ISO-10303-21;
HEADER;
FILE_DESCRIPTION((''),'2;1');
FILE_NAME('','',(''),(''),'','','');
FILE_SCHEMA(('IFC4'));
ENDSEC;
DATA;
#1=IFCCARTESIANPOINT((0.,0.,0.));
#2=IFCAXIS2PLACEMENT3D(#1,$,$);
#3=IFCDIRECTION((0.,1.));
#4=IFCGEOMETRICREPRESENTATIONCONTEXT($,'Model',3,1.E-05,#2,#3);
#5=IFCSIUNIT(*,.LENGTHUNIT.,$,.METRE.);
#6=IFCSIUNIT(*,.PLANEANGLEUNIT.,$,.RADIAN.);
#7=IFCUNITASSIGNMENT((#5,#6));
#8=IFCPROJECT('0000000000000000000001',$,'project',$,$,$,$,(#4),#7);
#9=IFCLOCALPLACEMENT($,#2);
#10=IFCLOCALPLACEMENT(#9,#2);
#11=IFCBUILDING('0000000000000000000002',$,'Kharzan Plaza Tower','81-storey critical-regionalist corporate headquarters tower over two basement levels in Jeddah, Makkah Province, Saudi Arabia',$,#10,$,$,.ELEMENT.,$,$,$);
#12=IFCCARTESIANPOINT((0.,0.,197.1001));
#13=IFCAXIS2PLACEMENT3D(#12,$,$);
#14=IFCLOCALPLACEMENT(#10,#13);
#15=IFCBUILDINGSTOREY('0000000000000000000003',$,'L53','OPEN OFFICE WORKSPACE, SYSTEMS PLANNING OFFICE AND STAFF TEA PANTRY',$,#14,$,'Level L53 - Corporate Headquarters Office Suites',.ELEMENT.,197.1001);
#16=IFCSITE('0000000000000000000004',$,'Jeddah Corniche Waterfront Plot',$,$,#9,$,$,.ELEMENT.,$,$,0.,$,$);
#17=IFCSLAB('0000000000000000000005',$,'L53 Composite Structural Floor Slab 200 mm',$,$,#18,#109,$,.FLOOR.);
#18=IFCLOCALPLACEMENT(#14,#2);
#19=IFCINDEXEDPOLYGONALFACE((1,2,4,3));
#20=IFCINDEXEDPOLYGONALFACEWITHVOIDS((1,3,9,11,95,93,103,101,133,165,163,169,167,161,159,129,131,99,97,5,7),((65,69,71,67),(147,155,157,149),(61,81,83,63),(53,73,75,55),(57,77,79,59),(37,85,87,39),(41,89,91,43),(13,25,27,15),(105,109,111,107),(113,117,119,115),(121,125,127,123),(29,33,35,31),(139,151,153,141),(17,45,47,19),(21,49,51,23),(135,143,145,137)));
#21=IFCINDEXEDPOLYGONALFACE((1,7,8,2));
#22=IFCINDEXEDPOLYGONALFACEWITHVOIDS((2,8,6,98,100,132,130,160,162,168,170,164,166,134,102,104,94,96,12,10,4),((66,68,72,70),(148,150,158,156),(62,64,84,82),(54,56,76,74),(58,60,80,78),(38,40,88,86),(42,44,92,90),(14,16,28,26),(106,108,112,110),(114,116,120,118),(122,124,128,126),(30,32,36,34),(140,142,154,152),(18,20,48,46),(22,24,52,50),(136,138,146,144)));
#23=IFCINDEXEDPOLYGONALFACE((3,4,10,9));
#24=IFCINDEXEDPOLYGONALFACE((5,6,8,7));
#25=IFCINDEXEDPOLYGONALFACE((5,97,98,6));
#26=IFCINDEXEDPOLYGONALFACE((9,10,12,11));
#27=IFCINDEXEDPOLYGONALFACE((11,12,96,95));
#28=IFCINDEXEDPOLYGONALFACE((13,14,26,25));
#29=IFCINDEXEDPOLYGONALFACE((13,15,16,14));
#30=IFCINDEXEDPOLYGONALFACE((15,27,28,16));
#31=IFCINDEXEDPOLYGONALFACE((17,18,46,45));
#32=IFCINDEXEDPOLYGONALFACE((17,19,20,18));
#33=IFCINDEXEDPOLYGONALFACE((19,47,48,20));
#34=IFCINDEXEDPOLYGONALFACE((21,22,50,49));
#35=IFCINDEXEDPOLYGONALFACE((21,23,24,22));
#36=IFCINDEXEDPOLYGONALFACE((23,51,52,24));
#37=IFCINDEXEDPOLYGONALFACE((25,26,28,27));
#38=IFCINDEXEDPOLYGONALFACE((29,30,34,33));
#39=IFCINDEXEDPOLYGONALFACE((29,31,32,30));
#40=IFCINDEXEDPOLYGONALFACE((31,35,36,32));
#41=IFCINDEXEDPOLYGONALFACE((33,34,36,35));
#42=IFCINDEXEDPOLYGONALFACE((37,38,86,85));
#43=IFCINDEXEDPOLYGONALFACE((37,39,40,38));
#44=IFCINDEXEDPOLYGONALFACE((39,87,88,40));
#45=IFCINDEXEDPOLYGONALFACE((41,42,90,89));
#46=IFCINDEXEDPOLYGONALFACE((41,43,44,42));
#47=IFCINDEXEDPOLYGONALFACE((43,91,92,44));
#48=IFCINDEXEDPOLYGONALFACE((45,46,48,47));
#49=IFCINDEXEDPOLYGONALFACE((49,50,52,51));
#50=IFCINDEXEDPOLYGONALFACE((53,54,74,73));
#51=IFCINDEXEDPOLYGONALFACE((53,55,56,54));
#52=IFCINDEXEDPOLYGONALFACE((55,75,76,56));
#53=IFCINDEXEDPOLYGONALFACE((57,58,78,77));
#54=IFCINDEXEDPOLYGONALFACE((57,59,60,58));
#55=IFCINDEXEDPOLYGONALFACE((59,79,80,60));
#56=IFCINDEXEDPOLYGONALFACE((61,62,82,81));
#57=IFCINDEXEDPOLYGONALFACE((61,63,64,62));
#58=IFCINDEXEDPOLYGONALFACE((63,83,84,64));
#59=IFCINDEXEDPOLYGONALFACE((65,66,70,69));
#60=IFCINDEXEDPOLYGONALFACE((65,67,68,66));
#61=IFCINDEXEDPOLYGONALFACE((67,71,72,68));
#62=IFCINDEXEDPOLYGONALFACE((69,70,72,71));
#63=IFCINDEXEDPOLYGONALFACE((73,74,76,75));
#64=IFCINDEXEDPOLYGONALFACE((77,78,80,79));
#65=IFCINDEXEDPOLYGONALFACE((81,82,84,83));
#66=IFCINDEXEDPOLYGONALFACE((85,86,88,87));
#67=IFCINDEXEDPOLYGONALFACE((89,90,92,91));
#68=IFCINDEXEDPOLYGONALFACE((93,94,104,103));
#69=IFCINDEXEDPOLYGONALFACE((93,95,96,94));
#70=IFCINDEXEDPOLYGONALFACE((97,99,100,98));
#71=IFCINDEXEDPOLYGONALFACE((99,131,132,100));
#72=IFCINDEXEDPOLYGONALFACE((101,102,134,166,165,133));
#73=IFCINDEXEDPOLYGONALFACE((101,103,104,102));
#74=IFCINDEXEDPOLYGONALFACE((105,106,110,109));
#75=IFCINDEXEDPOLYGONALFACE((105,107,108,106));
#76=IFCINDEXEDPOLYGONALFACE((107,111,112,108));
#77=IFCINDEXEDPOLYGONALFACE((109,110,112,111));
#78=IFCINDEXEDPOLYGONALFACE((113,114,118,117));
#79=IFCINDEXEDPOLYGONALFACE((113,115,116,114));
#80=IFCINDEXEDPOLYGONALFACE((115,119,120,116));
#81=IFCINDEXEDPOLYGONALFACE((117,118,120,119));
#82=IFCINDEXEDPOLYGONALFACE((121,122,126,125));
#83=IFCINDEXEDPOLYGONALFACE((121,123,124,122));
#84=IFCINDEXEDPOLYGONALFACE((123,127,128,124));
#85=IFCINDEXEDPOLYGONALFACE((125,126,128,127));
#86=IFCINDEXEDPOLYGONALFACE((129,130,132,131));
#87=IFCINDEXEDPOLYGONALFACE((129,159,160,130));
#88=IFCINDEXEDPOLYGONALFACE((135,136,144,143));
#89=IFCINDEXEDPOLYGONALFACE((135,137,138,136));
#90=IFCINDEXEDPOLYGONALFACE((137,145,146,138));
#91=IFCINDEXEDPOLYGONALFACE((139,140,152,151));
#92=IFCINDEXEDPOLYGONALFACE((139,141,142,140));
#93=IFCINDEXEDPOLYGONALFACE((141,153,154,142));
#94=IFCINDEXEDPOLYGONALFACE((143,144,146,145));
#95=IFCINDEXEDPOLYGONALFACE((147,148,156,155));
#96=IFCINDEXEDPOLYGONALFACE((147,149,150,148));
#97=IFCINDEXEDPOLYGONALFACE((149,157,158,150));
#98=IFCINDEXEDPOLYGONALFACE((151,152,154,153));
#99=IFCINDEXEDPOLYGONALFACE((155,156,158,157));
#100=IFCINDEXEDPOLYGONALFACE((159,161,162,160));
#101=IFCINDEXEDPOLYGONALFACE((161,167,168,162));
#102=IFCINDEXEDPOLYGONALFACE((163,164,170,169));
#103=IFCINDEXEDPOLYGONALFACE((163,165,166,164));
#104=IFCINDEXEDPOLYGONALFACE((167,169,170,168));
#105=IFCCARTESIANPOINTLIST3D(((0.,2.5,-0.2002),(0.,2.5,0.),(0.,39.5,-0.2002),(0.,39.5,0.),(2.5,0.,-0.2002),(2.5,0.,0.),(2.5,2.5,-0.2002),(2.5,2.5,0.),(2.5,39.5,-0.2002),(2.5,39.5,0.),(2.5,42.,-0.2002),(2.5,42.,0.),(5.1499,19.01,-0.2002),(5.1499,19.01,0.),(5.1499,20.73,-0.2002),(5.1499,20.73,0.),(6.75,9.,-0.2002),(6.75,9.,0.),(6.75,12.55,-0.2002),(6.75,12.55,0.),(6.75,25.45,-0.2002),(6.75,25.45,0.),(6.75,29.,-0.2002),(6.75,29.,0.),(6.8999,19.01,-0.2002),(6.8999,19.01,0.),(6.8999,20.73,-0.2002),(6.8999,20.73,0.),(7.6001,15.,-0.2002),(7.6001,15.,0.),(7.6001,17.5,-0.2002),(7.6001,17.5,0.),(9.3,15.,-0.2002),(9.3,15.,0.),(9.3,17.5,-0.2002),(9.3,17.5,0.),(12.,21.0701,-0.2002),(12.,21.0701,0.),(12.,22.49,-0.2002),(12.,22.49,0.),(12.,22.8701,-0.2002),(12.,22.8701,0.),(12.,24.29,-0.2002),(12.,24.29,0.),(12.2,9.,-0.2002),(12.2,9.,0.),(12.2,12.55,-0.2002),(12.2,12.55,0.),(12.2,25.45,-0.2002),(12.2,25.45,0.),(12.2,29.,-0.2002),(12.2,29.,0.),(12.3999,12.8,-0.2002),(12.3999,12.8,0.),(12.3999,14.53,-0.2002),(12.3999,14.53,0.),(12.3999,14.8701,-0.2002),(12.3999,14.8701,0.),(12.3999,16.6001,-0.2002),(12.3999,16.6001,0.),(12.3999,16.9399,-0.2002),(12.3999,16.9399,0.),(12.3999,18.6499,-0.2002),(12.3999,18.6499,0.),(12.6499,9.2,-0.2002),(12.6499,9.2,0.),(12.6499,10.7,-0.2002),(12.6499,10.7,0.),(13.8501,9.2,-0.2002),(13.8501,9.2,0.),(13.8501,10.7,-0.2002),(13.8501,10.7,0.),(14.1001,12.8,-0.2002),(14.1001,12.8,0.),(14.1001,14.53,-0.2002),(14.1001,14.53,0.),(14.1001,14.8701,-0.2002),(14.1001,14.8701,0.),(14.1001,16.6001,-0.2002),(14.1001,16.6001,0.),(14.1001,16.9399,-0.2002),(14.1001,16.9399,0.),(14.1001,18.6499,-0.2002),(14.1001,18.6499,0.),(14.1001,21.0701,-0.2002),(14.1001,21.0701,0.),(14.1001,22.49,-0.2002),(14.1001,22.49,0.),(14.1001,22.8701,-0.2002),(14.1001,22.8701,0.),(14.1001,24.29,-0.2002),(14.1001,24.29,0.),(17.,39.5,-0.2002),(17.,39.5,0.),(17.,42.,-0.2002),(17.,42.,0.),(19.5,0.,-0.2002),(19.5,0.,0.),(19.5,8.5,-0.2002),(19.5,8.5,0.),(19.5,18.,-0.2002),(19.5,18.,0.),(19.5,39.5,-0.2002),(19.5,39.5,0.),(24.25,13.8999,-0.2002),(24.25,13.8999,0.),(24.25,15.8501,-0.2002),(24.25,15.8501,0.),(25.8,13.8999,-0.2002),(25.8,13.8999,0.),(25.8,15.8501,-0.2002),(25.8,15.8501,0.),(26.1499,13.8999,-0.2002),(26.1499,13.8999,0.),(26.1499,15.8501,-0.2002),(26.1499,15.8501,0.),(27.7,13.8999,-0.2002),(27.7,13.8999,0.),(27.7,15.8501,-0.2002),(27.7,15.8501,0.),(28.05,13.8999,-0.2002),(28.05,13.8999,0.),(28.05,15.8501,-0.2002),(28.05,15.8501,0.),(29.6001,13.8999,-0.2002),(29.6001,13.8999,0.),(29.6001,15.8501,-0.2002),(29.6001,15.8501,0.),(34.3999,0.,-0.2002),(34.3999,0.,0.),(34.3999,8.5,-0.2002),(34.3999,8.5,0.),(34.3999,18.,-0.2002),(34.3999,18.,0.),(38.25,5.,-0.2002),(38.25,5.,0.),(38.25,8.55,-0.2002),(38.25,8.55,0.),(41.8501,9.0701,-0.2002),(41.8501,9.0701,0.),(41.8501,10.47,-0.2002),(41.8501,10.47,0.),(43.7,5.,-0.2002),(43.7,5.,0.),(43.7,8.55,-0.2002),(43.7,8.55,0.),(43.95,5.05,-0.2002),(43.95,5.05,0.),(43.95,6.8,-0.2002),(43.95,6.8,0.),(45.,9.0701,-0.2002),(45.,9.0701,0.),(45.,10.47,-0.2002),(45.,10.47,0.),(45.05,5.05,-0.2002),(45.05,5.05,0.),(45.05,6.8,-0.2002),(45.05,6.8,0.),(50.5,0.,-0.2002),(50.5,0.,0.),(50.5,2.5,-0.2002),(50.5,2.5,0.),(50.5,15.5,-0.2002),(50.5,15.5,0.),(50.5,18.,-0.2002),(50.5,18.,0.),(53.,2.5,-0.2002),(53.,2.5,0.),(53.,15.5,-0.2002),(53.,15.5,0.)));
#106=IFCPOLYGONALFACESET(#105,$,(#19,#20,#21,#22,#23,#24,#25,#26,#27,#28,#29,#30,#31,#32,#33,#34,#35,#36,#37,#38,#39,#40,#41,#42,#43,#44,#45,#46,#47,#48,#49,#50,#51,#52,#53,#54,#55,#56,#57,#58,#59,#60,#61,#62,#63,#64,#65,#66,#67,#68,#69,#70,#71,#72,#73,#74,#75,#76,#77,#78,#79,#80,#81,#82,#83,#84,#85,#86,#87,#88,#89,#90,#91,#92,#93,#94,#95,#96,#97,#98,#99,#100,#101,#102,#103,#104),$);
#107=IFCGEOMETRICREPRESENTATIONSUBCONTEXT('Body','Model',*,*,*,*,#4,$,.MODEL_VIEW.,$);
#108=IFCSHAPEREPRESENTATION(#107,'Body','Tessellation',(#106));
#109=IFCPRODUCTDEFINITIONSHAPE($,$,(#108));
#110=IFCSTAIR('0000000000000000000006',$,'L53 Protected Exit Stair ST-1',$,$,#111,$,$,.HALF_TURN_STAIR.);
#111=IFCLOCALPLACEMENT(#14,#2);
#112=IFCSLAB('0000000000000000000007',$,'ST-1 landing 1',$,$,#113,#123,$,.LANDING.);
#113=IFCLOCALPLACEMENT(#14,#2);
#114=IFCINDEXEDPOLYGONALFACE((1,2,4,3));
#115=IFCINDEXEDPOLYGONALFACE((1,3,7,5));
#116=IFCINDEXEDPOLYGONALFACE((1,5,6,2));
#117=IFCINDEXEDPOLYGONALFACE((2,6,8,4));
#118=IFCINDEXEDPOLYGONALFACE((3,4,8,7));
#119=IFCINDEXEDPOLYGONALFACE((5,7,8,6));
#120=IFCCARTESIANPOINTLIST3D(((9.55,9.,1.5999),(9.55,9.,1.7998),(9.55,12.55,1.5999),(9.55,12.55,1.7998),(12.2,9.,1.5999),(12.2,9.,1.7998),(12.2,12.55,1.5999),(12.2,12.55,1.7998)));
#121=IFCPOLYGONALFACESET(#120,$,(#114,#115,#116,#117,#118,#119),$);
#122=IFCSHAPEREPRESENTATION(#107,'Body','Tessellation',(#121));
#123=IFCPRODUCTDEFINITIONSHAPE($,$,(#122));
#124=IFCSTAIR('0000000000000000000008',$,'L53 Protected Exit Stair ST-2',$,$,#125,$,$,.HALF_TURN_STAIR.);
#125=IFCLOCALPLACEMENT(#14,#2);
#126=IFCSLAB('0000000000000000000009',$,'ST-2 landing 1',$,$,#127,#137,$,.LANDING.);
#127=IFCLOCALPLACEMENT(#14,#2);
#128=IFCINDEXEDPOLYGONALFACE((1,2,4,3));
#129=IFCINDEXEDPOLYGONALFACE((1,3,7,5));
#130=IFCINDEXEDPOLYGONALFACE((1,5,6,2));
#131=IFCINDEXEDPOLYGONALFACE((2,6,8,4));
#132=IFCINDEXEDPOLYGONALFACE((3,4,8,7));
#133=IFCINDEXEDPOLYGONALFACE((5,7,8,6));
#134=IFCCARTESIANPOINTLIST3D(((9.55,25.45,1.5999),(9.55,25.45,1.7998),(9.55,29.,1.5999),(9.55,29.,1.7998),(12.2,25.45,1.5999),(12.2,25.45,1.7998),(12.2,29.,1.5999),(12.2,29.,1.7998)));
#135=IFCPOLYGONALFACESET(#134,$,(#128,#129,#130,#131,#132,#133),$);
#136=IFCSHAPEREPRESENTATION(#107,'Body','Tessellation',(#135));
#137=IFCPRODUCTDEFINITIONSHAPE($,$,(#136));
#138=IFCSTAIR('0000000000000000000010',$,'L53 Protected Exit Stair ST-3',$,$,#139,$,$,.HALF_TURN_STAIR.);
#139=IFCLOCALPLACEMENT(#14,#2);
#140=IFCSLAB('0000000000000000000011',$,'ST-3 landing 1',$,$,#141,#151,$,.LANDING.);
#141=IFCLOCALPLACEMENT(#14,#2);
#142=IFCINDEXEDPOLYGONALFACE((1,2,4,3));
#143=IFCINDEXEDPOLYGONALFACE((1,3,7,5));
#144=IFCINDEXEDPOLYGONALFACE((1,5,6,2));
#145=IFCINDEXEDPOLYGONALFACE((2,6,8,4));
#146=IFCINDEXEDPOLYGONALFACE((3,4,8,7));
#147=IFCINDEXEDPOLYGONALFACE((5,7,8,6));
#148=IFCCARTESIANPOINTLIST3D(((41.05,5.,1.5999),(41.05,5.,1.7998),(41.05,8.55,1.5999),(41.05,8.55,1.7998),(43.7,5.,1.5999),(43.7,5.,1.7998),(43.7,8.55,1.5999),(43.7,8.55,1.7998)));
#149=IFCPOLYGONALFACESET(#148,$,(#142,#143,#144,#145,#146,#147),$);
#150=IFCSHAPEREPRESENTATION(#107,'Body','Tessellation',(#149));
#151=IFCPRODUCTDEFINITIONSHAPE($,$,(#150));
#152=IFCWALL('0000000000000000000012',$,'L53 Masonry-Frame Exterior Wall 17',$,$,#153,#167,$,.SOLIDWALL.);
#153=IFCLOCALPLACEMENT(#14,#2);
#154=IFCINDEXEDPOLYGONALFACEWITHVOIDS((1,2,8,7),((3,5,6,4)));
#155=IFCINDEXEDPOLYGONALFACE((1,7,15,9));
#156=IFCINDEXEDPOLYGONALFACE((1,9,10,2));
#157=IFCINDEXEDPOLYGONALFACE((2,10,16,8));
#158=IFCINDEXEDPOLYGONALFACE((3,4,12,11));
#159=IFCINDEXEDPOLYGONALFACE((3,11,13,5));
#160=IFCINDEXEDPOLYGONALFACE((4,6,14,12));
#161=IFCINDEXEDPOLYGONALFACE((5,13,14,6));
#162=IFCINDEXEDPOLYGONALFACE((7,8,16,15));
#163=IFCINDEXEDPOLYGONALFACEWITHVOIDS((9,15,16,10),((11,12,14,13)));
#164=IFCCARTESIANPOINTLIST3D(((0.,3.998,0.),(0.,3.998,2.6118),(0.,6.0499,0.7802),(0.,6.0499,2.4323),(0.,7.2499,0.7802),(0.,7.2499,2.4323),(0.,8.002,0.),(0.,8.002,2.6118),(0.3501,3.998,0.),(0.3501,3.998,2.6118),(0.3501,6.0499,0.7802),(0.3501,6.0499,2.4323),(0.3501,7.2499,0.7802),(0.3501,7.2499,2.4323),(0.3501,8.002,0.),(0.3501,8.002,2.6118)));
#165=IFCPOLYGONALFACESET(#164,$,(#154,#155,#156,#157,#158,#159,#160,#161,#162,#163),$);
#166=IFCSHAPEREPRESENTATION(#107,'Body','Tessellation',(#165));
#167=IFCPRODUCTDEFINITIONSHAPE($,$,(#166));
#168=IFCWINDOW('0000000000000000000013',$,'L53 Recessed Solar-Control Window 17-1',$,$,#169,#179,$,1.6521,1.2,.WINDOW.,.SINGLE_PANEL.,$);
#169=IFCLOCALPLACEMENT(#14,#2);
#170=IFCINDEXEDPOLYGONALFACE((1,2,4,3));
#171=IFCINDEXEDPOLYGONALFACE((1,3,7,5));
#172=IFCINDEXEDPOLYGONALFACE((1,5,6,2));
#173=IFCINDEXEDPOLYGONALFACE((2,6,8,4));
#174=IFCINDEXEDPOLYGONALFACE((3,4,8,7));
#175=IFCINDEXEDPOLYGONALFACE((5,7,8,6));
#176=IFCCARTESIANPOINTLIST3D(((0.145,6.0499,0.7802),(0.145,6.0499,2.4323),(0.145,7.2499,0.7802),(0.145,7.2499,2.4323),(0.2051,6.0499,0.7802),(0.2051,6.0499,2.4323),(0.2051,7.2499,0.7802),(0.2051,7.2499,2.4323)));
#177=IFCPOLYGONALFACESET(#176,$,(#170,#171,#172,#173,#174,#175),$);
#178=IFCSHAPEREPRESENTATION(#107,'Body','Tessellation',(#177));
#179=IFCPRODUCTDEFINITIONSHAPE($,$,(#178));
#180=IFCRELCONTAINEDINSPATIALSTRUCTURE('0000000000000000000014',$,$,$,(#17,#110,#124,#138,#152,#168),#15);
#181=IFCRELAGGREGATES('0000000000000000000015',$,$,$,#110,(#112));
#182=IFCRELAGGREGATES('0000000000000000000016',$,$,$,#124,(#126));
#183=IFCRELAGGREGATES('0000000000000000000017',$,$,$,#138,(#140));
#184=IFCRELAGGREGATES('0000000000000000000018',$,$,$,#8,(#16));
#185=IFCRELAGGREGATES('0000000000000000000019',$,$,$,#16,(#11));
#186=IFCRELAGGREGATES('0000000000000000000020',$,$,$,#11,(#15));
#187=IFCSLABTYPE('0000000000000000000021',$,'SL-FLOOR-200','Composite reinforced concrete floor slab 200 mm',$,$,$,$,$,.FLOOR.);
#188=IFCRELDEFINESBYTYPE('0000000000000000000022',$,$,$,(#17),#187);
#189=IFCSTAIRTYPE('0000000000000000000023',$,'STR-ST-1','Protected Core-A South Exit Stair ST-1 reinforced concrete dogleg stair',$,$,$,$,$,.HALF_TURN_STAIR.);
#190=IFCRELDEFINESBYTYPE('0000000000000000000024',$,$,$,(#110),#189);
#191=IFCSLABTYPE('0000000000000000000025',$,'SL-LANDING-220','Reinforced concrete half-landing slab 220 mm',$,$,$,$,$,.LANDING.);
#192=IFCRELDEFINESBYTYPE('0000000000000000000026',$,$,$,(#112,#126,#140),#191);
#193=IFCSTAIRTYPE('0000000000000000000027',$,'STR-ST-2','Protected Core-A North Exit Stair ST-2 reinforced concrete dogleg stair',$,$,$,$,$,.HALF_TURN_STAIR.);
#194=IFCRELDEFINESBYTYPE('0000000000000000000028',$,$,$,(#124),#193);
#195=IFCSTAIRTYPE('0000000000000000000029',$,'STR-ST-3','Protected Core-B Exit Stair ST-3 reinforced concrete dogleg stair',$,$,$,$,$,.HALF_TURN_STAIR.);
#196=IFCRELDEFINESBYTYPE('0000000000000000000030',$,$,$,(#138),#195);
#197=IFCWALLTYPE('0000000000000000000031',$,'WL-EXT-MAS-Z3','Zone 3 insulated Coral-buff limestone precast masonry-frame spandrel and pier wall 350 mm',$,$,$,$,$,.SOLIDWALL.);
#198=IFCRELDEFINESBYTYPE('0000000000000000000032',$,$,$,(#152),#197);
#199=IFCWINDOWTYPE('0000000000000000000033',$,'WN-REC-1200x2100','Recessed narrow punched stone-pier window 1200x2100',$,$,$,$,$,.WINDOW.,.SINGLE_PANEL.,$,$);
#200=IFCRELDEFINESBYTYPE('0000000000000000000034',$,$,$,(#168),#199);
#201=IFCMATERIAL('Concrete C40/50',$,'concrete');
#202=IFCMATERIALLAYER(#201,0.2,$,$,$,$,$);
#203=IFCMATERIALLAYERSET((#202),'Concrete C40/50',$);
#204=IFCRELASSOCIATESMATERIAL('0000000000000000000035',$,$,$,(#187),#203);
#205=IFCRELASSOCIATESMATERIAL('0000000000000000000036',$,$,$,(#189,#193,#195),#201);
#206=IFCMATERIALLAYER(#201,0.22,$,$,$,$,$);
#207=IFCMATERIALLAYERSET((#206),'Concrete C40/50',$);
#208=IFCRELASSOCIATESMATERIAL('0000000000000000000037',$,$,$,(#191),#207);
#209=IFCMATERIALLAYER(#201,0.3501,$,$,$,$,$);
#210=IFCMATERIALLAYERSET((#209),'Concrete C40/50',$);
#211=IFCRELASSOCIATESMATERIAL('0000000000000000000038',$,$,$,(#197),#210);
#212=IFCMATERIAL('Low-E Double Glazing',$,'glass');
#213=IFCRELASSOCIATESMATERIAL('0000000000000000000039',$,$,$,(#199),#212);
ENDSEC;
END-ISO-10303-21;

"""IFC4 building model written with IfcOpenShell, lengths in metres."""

from ifc_helpers import new_model, si_unit, direction, frame, frame_2d, origin, place, context, subcontext, project, spatial, polyline, rectangle, outline, extrude, source, transform, mapped, material, layer, layer_set, type_object, element, fill, aggregate, save


model = new_model("IFC4")

# Units and contexts
model_context = context("Model", 3, precision=1e-05, world=origin(), true_north=direction((0.0, 1.0)))
body_context = subcontext(model_context, "Body", "Model", "MODEL_VIEW")
ifc_project = project(units=[si_unit("LENGTHUNIT", "METRE"), si_unit("PLANEANGLEUNIT", "RADIAN")], contexts=[model_context])

# Site, building, storey
site_placement = place(None, origin())
site = spatial("IfcSite", under=ifc_project, at=site_placement, Name="Jeddah Corniche Waterfront Plot", CompositionType="ELEMENT", RefElevation=0.0)
building_placement = place(site_placement, origin())
building = spatial("IfcBuilding", under=site, at=building_placement, Name="Kharzan Plaza Tower", Description="81-storey critical-regionalist corporate headquarters tower over two basement levels in Jeddah, Makkah Province, Saudi Arabia", CompositionType="ELEMENT")
storey_placement = place(building_placement, frame((0.0, 0.0, 197.1001)))
storey = spatial("IfcBuildingStorey", under=building, at=storey_placement, Name="L53", Description="OPEN OFFICE WORKSPACE, SYSTEMS PLANNING OFFICE AND STAFF TEA PANTRY", LongName="Level L53 - Corporate Headquarters Office Suites", CompositionType="ELEMENT", Elevation=197.1001)

# Slab
ifc_material_1 = material(Name="Concrete C40/50", Category="concrete")
ifc_layer_1 = layer(ifc_material_1, 0.2)
ifc_layer_set_1 = layer_set([ifc_layer_1], Name="Concrete C40/50")
slab_type_1 = type_object("IfcSlabType", Name="SL-FLOOR-200", Description="Composite reinforced concrete floor slab 200 mm", PredefinedType="FLOOR", material=ifc_layer_set_1)
slab_1_placement = place(storey_placement, frame((0.0, 0.0, -0.2002)))
element("IfcSlab", 1, at=slab_1_placement, inside=storey, type_object=slab_type_1, Name="L53 Composite Structural Floor Slab 200 mm", PredefinedType="FLOOR", context=body_context, shape_type="SweptSolid", body=[
    extrude(outline(polyline([(34.3999, 18.0), (19.5, 18.0), (19.5, 39.5), (17.0, 39.5), (17.0, 42.0), (2.5, 42.0), (2.5, 39.5), (0.0, 39.5), (0.0, 2.5), (2.5, 2.5), (2.5, 0.0), (19.5, 0.0), (19.5, 8.5), (34.3999, 8.5), (34.3999, 0.0), (50.5, 0.0), (50.5, 2.5), (53.0, 2.5), (53.0, 15.5), (50.5, 15.5), (50.5, 18.0), (34.3999, 18.0)]), holes=[polyline([(12.2, 9.0), (12.2, 12.55), (6.75, 12.55), (6.75, 9.0), (12.2, 9.0)]), polyline([(14.1001, 12.8), (14.1001, 14.53), (12.3999, 14.53), (12.3999, 12.8), (14.1001, 12.8)]), polyline([(14.1001, 14.8701), (14.1001, 16.6001), (12.3999, 16.6001), (12.3999, 14.8701), (14.1001, 14.8701)]), polyline([(9.3, 15.0), (9.3, 17.5), (7.6001, 17.5), (7.6001, 15.0), (9.3, 15.0)]), polyline([(6.8999, 19.01), (6.8999, 20.73), (5.1499, 20.73), (5.1499, 19.01), (6.8999, 19.01)]), polyline([(14.1001, 21.0701), (14.1001, 22.49), (12.0, 22.49), (12.0, 21.0701), (14.1001, 21.0701)]), polyline([(14.1001, 22.8701), (14.1001, 24.29), (12.0, 24.29), (12.0, 22.8701), (14.1001, 22.8701)]), polyline([(12.2, 25.45), (12.2, 29.0), (6.75, 29.0), (6.75, 25.45), (12.2, 25.45)]), polyline([(45.05, 5.05), (45.05, 6.8), (43.95, 6.8), (43.95, 5.05), (45.05, 5.05)]), polyline([(43.7, 5.0), (43.7, 8.55), (38.25, 8.55), (38.25, 5.0), (43.7, 5.0)]), polyline([(45.0, 9.0701), (45.0, 10.47), (41.8501, 10.47), (41.8501, 9.0701), (45.0, 9.0701)]), polyline([(13.8501, 9.2), (13.8501, 10.7), (12.6499, 10.7), (12.6499, 9.2), (13.8501, 9.2)]), polyline([(25.8, 13.8999), (25.8, 15.8501), (24.25, 15.8501), (24.25, 13.8999), (25.8, 13.8999)]), polyline([(27.7, 13.8999), (27.7, 15.8501), (26.1499, 15.8501), (26.1499, 13.8999), (27.7, 13.8999)]), polyline([(29.6001, 13.8999), (29.6001, 15.8501), (28.05, 15.8501), (28.05, 13.8999), (29.6001, 13.8999)]), polyline([(14.1001, 16.9399), (14.1001, 18.6499), (12.3999, 18.6499), (12.3999, 16.9399), (14.1001, 16.9399)])]), origin(), (0.0, 0.0, 1.0), 0.2002),
])

# Stairs, slabs
stair_type_1 = type_object("IfcStairType", Name="STR-ST-1", Description="Protected Core-A South Exit Stair ST-1 reinforced concrete dogleg stair", PredefinedType="HALF_TURN_STAIR", material=ifc_material_1)
stair_1_placement = place(storey_placement, origin())
stair_1 = element("IfcStair", 2, at=stair_1_placement, inside=storey, type_object=stair_type_1, Name="L53 Protected Exit Stair ST-1", PredefinedType="HALF_TURN_STAIR")
ifc_layer_2 = layer(ifc_material_1, 0.22)
ifc_layer_set_2 = layer_set([ifc_layer_2], Name="Concrete C40/50")
slab_type_2 = type_object("IfcSlabType", Name="SL-LANDING-220", Description="Reinforced concrete half-landing slab 220 mm", PredefinedType="LANDING", material=ifc_layer_set_2)
slab_2_placement = place(storey_placement, frame((0.0, 0.0, 1.5999)))
slab_2 = element("IfcSlab", 3, at=slab_2_placement, type_object=slab_type_2, Name="ST-1 landing 1", PredefinedType="LANDING", context=body_context, shape_type="SweptSolid", body=[
    extrude(outline(polyline([(9.55, 9.0), (12.2, 9.0), (12.2, 12.55), (9.55, 12.55), (9.55, 9.0)])), origin(), (0.0, 0.0, 1.0), 0.2),
])
aggregate(stair_1, [slab_2])
stair_type_2 = type_object("IfcStairType", Name="STR-ST-2", Description="Protected Core-A North Exit Stair ST-2 reinforced concrete dogleg stair", PredefinedType="HALF_TURN_STAIR", material=ifc_material_1)
stair_2_placement = place(storey_placement, origin())
stair_2 = element("IfcStair", 4, at=stair_2_placement, inside=storey, type_object=stair_type_2, Name="L53 Protected Exit Stair ST-2", PredefinedType="HALF_TURN_STAIR")
slab_3_placement = place(storey_placement, frame((0.0, 0.0, 1.5999)))
slab_3 = element("IfcSlab", 5, at=slab_3_placement, type_object=slab_type_2, Name="ST-2 landing 1", PredefinedType="LANDING", context=body_context, shape_type="SweptSolid", body=[
    extrude(outline(polyline([(9.55, 25.45), (12.2, 25.45), (12.2, 29.0), (9.55, 29.0), (9.55, 25.45)])), origin(), (0.0, 0.0, 1.0), 0.2),
])
aggregate(stair_2, [slab_3])
stair_type_3 = type_object("IfcStairType", Name="STR-ST-3", Description="Protected Core-B Exit Stair ST-3 reinforced concrete dogleg stair", PredefinedType="HALF_TURN_STAIR", material=ifc_material_1)
stair_3_placement = place(storey_placement, origin())
stair_3 = element("IfcStair", 6, at=stair_3_placement, inside=storey, type_object=stair_type_3, Name="L53 Protected Exit Stair ST-3", PredefinedType="HALF_TURN_STAIR")
slab_4_placement = place(storey_placement, frame((0.0, 0.0, 1.5999)))
slab_4 = element("IfcSlab", 7, at=slab_4_placement, type_object=slab_type_2, Name="ST-3 landing 1", PredefinedType="LANDING", context=body_context, shape_type="SweptSolid", body=[
    extrude(outline(polyline([(41.05, 5.0), (43.7, 5.0), (43.7, 8.55), (41.05, 8.55), (41.05, 5.0)])), origin(), (0.0, 0.0, 1.0), 0.2),
])
aggregate(stair_3, [slab_4])

# Wall, opening, window
ifc_layer_3 = layer(ifc_material_1, 0.3501)
ifc_layer_set_3 = layer_set([ifc_layer_3], Name="Concrete C40/50")
wall_type_1 = type_object("IfcWallType", Name="WL-EXT-MAS-Z3", Description="Zone 3 insulated Coral-buff limestone precast masonry-frame spandrel and pier wall 350 mm", PredefinedType="SOLIDWALL", material=ifc_layer_set_3)
wall_1_placement = place(storey_placement, frame((0.175, 8.002, 0.0), z_axis=(0.0, 0.0, 1.0), x_axis=(0.0, -1.0, 0.0)))
wall_1 = element("IfcWall", 8, at=wall_1_placement, inside=storey, type_object=wall_type_1, Name="L53 Masonry-Frame Exterior Wall 17", PredefinedType="SOLIDWALL", context=body_context, shape_type="SweptSolid", body=[
    extrude(rectangle(XDim=4.0039, YDim=0.3501, at=frame_2d((2.002, 0.0))), origin(), (0.0, 0.0, 1.0), 2.6118),
])
opening_1_placement = place(wall_1_placement, frame((0.752, 0.0, 0.78)))
opening_1 = element("IfcOpeningElement", 9, at=opening_1_placement, cuts=wall_1, PredefinedType="OPENING", context=body_context, shape_type="SweptSolid", body=[
    extrude(rectangle(XDim=1.2, YDim=1.6521, at=frame_2d((0.6001, 0.8262))), frame((0.0, 0.1851, 0.0), z_axis=(0.0, -1.0, 0.0), x_axis=(1.0, 0.0, 0.0)), (0.0, 0.0, 1.0), 0.3701),
])
ifc_material_2 = material(Name="Low-E Double Glazing", Category="glass")
window_type_1 = type_object("IfcWindowType", Name="WN-REC-1200x2100", Description="Recessed narrow punched stone-pier window 1200x2100", PartitioningType="SINGLE_PANEL", PredefinedType="WINDOW", material=ifc_material_2)
shared_shape_1 = source(origin(), body_context, "Body", "SweptSolid", [
    extrude(rectangle(XDim=1.2, YDim=1.6521, at=frame_2d((0.6001, 0.8262))), frame((0.0, 0.03, 0.0), z_axis=(0.0, -1.0, 0.0), x_axis=(1.0, 0.0, 0.0)), (0.0, 0.0, 1.0), 0.0601),
])
window_1_placement = place(opening_1_placement, origin())
window_1 = element("IfcWindow", 10, at=window_1_placement, inside=storey, type_object=window_type_1, Name="L53 Recessed Solar-Control Window 17-1", OverallHeight=1.6521, OverallWidth=1.2, PartitioningType="SINGLE_PANEL", PredefinedType="WINDOW", context=body_context, shape_type="MappedRepresentation", body=[
    mapped(shared_shape_1, transform((0.0, 0.0, 0.0), x_axis=(1.0, 0.0, 0.0), y_axis=(0.0, 1.0, 0.0), z_axis=(0.0, 0.0, 1.0))),
])
fill(opening_1, window_1)

save(model, "model.ifc")
